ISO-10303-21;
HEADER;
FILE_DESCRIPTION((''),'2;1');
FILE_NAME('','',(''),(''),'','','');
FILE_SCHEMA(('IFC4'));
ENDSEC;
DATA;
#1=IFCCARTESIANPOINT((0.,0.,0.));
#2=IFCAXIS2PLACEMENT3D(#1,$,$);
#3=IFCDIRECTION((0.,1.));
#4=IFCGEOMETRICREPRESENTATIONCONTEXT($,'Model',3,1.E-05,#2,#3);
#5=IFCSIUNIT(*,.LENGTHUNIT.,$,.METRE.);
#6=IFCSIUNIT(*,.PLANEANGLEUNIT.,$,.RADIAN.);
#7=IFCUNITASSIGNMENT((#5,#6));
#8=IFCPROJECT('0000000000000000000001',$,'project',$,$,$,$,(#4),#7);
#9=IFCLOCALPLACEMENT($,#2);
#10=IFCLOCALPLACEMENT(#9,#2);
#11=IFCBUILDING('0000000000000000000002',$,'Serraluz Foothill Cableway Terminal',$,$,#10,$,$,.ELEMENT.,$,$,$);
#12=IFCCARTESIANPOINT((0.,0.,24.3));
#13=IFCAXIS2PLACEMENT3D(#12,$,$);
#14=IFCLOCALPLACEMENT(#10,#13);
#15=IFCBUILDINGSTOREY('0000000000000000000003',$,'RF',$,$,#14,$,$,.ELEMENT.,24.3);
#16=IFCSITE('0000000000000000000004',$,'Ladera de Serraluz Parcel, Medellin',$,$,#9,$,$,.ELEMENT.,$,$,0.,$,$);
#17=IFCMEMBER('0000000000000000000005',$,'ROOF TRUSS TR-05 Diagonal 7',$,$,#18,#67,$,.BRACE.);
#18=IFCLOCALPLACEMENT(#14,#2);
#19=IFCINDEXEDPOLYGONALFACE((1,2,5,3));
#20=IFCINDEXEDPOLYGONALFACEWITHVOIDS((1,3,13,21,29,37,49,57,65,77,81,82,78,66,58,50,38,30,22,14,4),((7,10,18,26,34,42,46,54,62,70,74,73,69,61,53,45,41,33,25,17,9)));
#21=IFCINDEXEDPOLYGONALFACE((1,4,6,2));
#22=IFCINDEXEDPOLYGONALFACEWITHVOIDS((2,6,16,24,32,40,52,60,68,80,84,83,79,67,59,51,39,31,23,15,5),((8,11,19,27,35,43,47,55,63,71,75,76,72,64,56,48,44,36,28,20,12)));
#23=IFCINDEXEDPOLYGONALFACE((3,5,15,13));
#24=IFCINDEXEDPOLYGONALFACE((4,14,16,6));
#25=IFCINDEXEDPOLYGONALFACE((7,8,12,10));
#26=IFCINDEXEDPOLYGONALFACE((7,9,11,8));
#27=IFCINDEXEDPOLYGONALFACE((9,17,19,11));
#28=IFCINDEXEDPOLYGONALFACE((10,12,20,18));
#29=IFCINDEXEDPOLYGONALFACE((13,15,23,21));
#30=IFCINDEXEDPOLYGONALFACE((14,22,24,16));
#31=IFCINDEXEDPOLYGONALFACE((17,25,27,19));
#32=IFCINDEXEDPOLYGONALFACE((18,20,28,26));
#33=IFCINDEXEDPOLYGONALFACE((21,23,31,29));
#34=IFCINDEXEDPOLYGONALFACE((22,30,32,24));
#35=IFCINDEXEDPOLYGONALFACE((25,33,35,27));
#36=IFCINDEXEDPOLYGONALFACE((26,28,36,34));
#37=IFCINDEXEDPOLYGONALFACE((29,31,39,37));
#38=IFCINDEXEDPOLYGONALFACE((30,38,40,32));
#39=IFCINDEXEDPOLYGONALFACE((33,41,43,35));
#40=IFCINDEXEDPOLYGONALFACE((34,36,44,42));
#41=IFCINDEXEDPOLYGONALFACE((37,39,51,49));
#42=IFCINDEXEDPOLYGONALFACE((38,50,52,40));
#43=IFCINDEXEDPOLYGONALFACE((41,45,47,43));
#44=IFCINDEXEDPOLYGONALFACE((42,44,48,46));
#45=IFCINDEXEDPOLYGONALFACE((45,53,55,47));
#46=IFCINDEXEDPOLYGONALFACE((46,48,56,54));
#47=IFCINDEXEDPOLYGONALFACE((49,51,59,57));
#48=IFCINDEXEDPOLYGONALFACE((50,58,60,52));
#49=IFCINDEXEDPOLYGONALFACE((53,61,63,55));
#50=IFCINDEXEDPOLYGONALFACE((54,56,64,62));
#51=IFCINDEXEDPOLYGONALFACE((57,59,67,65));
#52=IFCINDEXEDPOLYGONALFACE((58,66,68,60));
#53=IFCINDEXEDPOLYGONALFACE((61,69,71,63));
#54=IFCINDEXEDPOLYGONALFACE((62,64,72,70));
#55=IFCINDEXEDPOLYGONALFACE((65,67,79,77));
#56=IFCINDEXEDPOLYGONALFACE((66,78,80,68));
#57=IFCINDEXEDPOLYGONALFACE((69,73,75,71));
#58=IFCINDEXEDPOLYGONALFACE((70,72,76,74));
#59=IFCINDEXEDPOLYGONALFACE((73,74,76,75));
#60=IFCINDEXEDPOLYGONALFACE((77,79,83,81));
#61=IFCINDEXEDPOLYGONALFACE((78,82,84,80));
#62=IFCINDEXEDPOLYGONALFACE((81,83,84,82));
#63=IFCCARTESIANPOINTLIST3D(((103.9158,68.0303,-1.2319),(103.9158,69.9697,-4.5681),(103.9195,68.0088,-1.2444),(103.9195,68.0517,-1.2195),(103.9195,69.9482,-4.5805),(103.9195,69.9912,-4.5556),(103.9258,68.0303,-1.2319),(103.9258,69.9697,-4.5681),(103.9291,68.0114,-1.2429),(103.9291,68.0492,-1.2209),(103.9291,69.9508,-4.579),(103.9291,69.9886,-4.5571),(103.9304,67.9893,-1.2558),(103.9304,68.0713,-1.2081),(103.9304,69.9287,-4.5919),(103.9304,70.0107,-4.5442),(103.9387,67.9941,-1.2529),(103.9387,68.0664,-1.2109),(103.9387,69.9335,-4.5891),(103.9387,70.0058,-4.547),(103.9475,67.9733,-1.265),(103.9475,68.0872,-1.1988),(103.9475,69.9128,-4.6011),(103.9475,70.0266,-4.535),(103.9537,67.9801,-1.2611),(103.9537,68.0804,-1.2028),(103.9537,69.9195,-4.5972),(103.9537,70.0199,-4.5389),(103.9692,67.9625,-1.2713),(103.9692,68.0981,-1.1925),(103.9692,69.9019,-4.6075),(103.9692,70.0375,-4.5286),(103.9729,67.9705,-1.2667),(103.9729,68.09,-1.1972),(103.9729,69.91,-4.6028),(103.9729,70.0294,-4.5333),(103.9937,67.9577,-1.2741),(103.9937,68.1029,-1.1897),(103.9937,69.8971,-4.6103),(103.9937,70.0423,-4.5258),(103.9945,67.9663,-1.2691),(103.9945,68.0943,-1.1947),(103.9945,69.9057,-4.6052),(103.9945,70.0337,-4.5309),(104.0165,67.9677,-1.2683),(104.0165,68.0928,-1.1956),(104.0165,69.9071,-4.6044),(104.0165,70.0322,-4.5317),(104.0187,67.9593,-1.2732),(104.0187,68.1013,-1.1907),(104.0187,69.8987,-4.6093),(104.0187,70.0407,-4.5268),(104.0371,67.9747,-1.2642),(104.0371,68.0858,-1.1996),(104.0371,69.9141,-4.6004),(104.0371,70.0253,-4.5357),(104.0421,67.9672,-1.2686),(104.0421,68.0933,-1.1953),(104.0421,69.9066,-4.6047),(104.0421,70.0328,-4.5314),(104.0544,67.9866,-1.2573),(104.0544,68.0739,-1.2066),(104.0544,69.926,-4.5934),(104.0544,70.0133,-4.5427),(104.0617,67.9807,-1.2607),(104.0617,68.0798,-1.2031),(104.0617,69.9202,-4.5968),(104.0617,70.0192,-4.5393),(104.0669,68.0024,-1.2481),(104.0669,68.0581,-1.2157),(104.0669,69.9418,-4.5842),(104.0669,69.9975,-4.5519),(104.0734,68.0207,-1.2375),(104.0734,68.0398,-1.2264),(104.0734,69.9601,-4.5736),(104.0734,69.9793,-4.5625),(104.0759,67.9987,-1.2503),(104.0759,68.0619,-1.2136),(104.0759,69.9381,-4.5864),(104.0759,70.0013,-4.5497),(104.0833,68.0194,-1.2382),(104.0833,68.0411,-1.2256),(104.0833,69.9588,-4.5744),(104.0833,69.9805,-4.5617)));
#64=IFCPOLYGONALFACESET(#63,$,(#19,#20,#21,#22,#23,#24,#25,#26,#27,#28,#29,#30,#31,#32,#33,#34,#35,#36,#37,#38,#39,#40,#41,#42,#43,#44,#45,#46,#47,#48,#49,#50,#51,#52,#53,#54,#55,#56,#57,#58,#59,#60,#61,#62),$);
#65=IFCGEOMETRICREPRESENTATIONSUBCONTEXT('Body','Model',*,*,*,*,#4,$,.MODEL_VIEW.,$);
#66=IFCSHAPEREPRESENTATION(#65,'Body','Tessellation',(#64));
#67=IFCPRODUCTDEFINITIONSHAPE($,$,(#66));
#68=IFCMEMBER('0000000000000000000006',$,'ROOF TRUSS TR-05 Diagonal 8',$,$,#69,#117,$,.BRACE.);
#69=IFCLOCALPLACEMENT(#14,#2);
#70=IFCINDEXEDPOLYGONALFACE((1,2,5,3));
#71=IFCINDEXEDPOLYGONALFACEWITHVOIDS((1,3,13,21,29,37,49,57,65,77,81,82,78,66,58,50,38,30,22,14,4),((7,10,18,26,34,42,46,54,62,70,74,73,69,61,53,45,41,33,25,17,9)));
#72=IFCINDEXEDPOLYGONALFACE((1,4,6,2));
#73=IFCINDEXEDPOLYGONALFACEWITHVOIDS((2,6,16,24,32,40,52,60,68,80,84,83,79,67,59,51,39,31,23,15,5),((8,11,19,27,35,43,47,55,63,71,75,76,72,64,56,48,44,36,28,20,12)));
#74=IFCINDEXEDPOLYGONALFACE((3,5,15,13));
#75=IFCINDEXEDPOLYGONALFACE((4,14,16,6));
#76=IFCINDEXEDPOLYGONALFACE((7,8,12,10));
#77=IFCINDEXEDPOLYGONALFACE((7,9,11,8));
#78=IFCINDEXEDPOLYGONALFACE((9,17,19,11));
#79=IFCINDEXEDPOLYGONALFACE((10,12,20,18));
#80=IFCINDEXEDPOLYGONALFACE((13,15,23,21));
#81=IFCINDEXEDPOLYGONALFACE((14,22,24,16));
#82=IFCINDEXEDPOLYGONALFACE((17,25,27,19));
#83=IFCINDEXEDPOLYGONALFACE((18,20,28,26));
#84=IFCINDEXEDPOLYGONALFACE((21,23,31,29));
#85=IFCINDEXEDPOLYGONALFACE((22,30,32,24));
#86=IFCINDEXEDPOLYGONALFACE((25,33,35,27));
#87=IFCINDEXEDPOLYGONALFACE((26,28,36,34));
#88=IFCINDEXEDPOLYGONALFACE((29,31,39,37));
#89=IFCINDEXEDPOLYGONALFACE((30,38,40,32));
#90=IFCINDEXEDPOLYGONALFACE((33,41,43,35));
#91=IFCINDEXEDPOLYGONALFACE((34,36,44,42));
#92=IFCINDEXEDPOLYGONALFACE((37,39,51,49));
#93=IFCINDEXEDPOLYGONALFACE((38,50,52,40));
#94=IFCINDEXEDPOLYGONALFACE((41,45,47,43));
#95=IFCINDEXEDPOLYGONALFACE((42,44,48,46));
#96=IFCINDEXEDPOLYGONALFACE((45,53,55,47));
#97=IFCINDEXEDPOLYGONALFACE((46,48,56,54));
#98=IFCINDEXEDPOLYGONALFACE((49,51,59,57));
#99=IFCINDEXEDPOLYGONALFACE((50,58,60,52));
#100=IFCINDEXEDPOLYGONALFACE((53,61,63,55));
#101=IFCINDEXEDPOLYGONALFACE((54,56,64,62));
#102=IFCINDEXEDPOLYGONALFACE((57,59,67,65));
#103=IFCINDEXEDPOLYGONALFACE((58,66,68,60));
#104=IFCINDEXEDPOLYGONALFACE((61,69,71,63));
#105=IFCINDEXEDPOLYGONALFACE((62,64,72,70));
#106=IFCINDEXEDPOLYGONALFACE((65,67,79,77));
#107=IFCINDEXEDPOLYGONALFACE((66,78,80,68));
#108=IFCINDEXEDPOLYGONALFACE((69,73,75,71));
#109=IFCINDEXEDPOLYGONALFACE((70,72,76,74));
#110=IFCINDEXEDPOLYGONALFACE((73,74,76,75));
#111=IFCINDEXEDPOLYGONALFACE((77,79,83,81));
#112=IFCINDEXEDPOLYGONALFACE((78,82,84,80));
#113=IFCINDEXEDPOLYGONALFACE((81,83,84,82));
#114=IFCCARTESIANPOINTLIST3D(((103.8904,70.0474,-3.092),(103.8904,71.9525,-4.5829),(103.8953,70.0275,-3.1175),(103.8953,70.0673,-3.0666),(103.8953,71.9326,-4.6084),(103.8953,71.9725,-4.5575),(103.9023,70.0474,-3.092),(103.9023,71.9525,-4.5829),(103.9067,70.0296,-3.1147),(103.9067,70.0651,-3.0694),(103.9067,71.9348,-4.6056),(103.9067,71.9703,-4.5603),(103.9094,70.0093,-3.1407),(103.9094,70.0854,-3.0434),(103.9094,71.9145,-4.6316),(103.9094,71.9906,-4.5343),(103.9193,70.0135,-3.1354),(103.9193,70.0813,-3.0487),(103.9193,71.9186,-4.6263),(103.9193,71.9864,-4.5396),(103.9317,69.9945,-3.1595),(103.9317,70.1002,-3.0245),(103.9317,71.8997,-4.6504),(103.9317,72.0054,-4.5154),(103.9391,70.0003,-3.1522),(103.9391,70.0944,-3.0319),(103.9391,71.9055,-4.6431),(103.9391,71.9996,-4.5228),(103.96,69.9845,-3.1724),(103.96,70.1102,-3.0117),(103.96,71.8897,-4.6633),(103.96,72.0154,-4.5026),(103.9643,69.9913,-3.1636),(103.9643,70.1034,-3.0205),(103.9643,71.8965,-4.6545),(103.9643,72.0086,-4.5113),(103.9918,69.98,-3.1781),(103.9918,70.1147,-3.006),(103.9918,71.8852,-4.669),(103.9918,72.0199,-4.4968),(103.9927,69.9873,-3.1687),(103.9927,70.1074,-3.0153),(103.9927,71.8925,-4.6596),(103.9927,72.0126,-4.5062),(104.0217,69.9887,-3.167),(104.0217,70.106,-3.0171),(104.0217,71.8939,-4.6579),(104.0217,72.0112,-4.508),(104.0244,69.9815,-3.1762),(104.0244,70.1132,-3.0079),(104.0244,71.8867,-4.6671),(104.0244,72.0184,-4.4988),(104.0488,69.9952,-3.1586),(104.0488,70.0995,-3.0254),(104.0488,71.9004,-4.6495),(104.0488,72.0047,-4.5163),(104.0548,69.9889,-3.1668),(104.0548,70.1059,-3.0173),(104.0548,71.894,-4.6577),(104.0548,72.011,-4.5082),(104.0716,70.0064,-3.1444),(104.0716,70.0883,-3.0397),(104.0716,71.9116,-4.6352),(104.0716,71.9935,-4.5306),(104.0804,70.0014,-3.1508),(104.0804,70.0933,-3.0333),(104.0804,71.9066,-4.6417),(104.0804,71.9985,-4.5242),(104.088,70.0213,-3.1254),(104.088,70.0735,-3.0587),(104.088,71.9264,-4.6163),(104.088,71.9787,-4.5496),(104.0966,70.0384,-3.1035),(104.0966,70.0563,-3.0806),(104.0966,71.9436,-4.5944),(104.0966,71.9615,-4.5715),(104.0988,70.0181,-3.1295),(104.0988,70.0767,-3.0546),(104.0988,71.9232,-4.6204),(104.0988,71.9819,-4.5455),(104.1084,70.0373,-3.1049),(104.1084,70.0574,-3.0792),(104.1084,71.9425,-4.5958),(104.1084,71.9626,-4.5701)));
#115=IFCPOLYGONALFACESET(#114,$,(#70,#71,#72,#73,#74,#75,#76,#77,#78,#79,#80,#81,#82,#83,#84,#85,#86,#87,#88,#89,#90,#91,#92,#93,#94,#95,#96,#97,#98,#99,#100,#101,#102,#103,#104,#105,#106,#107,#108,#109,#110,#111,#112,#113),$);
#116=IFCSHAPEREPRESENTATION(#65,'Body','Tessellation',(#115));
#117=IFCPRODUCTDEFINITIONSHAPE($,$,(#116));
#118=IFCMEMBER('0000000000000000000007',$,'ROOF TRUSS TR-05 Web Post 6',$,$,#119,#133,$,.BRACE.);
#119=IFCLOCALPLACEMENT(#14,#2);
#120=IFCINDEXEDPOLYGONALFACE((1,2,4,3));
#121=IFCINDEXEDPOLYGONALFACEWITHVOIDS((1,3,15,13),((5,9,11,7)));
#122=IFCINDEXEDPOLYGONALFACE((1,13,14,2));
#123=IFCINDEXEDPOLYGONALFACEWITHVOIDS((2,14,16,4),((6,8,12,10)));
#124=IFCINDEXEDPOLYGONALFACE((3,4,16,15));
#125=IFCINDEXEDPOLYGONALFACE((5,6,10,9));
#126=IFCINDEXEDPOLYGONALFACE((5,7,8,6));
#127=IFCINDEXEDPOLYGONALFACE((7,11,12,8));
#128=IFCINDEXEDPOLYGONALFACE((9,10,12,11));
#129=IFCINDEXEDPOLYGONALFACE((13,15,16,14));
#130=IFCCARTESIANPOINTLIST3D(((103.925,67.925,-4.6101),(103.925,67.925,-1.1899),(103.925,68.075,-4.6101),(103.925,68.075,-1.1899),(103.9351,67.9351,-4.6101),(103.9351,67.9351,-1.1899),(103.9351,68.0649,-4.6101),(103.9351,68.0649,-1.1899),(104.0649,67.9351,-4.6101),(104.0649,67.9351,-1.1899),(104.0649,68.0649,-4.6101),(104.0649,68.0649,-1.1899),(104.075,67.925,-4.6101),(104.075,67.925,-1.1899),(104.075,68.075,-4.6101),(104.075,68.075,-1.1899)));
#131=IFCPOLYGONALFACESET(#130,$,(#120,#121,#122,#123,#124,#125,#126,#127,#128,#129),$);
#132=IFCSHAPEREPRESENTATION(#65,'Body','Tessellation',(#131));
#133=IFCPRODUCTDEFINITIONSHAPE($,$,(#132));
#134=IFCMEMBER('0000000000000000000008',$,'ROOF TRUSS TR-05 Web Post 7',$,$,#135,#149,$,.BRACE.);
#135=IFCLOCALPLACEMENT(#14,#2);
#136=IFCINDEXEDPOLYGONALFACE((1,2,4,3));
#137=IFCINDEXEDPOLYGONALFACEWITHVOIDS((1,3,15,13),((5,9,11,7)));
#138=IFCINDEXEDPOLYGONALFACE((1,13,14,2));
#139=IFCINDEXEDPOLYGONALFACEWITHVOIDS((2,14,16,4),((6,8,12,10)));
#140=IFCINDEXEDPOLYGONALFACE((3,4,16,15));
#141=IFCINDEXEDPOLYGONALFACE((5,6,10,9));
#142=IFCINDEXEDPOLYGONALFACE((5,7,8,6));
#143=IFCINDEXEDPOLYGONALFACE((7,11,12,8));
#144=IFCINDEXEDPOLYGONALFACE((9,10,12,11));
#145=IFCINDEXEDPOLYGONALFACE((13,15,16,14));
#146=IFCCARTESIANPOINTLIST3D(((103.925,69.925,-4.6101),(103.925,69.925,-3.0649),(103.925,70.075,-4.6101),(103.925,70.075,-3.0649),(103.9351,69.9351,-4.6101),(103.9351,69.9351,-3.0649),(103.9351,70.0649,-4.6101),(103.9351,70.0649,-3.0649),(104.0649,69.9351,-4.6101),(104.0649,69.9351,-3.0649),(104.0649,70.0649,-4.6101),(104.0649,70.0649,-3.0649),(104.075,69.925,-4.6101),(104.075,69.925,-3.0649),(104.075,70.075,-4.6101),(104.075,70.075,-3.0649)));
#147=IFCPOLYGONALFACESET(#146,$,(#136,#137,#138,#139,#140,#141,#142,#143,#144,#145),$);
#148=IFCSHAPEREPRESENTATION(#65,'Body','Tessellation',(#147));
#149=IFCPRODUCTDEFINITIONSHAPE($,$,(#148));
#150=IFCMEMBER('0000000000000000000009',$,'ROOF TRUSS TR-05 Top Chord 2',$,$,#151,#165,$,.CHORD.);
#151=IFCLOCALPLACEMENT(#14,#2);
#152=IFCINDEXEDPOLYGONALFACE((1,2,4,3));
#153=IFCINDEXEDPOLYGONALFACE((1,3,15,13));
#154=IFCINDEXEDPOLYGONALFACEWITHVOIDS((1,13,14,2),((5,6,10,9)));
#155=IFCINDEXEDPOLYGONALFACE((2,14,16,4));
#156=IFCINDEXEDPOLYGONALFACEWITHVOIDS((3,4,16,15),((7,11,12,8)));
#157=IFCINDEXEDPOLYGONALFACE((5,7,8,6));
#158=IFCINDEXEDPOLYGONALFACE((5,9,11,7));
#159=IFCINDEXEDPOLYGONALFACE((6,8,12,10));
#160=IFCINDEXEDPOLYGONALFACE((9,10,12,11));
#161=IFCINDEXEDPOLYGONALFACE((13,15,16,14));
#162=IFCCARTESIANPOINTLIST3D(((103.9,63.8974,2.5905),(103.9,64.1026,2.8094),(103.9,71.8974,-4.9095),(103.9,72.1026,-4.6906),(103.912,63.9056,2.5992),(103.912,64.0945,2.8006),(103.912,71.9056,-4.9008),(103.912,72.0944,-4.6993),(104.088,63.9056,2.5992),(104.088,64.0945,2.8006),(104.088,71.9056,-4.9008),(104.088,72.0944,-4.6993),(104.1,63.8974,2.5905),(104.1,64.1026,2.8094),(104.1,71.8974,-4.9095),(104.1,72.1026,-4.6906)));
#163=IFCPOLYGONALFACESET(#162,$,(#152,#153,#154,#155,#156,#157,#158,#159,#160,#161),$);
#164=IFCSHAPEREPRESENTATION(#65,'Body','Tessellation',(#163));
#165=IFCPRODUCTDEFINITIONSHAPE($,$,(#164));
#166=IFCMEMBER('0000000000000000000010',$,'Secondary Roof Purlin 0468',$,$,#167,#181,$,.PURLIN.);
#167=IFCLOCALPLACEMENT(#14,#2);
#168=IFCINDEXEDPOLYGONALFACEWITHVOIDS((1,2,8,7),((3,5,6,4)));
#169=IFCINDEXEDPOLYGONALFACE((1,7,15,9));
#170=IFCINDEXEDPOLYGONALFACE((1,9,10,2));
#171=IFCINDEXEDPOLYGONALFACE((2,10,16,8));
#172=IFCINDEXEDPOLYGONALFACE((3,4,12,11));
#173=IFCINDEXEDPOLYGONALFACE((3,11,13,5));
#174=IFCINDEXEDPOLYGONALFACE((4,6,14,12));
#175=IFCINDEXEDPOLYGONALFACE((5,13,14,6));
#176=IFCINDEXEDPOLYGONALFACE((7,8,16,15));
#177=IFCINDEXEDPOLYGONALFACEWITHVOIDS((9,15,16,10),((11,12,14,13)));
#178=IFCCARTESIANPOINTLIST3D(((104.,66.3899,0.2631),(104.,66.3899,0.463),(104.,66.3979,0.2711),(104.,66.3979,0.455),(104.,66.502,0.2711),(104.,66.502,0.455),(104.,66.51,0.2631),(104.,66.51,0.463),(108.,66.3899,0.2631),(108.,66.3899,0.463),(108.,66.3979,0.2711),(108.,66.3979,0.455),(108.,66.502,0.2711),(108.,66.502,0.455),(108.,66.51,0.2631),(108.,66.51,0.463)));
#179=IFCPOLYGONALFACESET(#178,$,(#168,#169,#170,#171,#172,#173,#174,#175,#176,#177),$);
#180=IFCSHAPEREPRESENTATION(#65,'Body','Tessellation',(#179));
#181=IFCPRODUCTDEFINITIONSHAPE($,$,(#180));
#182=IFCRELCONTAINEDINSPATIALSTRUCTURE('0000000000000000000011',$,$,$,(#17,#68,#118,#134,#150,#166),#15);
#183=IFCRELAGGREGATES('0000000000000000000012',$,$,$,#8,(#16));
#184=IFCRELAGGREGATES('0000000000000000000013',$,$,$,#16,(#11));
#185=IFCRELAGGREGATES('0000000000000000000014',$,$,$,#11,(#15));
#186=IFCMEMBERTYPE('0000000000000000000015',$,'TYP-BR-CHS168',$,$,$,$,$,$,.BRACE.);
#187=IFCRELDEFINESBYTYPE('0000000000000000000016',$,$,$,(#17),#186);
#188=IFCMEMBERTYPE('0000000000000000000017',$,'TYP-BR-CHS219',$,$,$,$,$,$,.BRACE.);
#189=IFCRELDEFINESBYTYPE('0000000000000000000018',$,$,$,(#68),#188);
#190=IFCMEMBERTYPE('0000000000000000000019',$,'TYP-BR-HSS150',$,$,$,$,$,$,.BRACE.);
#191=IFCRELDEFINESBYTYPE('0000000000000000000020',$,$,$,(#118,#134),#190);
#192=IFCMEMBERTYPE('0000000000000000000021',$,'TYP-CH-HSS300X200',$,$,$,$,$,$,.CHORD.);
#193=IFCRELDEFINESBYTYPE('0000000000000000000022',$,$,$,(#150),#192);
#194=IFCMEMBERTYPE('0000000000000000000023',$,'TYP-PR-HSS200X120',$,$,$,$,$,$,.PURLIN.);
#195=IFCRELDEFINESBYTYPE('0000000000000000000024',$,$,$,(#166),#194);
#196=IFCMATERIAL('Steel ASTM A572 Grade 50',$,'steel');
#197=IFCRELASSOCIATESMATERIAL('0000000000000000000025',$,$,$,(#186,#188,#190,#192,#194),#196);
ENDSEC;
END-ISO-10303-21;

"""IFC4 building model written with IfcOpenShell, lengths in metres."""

from ifc_helpers import new_model, si_unit, direction, frame, origin, origin_2d, place, context, subcontext, project, spatial, hollow_rectangle, hollow_circle, extrude, material, material_profile, profile_set, type_object, element, save


model = new_model("IFC4")

# Units and contexts
model_context = context("Model", 3, precision=1e-05, world=origin(), true_north=direction((0.0, 1.0)))
body_context = subcontext(model_context, "Body", "Model", "MODEL_VIEW")
ifc_project = project(units=[si_unit("LENGTHUNIT", "METRE"), si_unit("PLANEANGLEUNIT", "RADIAN")], contexts=[model_context])

# Site, building, storey
site_placement = place(None, origin())
site = spatial("IfcSite", under=ifc_project, at=site_placement, Name="Ladera de Serraluz Parcel, Medellin", CompositionType="ELEMENT", RefElevation=0.0)
building_placement = place(site_placement, origin())
building = spatial("IfcBuilding", under=site, at=building_placement, Name="Serraluz Foothill Cableway Terminal", CompositionType="ELEMENT")
storey_placement = place(building_placement, frame((0.0, 0.0, 24.3)))
storey = spatial("IfcBuildingStorey", under=building, at=storey_placement, Name="RF", CompositionType="ELEMENT", Elevation=24.3)

# Members
ifc_material_1 = material(Name="Steel ASTM A572 Grade 50", Category="steel")
ifc_material_profile_1 = material_profile(ifc_material_1, hollow_circle(Radius=0.0842, WallThickness=0.01, at=origin_2d()), Name="CHS168X10")
ifc_profile_set_1 = profile_set([ifc_material_profile_1], Name="Steel ASTM A572 Grade 50")
member_type_1 = type_object("IfcMemberType", Name="TYP-BR-CHS168", PredefinedType="BRACE", material=ifc_profile_set_1)
member_1_placement = place(storey_placement, frame((104.0, 68.0303, -1.2319), z_axis=(0.0, 0.502584, -0.864528), x_axis=(-1.0, 0.0, 0.0)))
element("IfcMember", 1, at=member_1_placement, inside=storey, type_object=member_type_1, Name="ROOF TRUSS TR-05 Diagonal 7", PredefinedType="BRACE", context=body_context, shape_type="SweptSolid", body=[
    extrude(hollow_circle(Radius=0.0842, WallThickness=0.01, at=origin_2d()), origin(), (0.0, 0.0, 1.0), 3.8589),
])
ifc_material_profile_2 = material_profile(ifc_material_1, hollow_circle(Radius=0.1096, WallThickness=0.012, at=origin_2d()), Name="CHS219X12")
ifc_profile_set_2 = profile_set([ifc_material_profile_2], Name="Steel ASTM A572 Grade 50")
member_type_2 = type_object("IfcMemberType", Name="TYP-BR-CHS219", PredefinedType="BRACE", material=ifc_profile_set_2)
member_2_placement = place(storey_placement, frame((104.0, 70.0474, -3.092), z_axis=(0.0, 0.787528, -0.616278), x_axis=(-1.0, 0.0, 0.0)))
element("IfcMember", 2, at=member_2_placement, inside=storey, type_object=member_type_2, Name="ROOF TRUSS TR-05 Diagonal 8", PredefinedType="BRACE", context=body_context, shape_type="SweptSolid", body=[
    extrude(hollow_circle(Radius=0.1096, WallThickness=0.012, at=origin_2d()), origin(), (0.0, 0.0, 1.0), 2.4192),
])
ifc_material_profile_3 = material_profile(ifc_material_1, hollow_rectangle(XDim=0.1499, YDim=0.1499, WallThickness=0.01, at=origin_2d()), Name="HSS150X150X10")
ifc_profile_set_3 = profile_set([ifc_material_profile_3], Name="Steel ASTM A572 Grade 50")
member_type_3 = type_object("IfcMemberType", Name="TYP-BR-HSS150", PredefinedType="BRACE", material=ifc_profile_set_3)
member_3_placement = place(storey_placement, frame((104.0, 68.0, -4.6101), z_axis=(0.0, 0.0, 1.0), x_axis=(1.0, 0.0, 0.0)))
element("IfcMember", 3, at=member_3_placement, inside=storey, type_object=member_type_3, Name="ROOF TRUSS TR-05 Web Post 6", PredefinedType="BRACE", context=body_context, shape_type="SweptSolid", body=[
    extrude(hollow_rectangle(XDim=0.1499, YDim=0.1499, WallThickness=0.01, at=origin_2d()), origin(), (0.0, 0.0, 1.0), 3.4202),
])
member_4_placement = place(storey_placement, frame((104.0, 70.0, -4.6101), z_axis=(0.0, 0.0, 1.0), x_axis=(1.0, 0.0, 0.0)))
element("IfcMember", 4, at=member_4_placement, inside=storey, type_object=member_type_3, Name="ROOF TRUSS TR-05 Web Post 7", PredefinedType="BRACE", context=body_context, shape_type="SweptSolid", body=[
    extrude(hollow_rectangle(XDim=0.1499, YDim=0.1499, WallThickness=0.01, at=origin_2d()), origin(), (0.0, 0.0, 1.0), 1.5452),
])
ifc_material_profile_4 = material_profile(ifc_material_1, hollow_rectangle(XDim=0.2, YDim=0.3, WallThickness=0.012, at=origin_2d()), Name="HSS300X200X12")
ifc_profile_set_4 = profile_set([ifc_material_profile_4], Name="Steel ASTM A572 Grade 50")
member_type_4 = type_object("IfcMemberType", Name="TYP-CH-HSS300X200", PredefinedType="CHORD", material=ifc_profile_set_4)
member_5_placement = place(storey_placement, frame((104.0, 72.0, -4.8), z_axis=(0.0, -0.729537, 0.683941), x_axis=(1.0, 0.0, 0.0)))
element("IfcMember", 5, at=member_5_placement, inside=storey, type_object=member_type_4, Name="ROOF TRUSS TR-05 Top Chord 2", PredefinedType="CHORD", context=body_context, shape_type="SweptSolid", body=[
    extrude(hollow_rectangle(XDim=0.2, YDim=0.3, WallThickness=0.012, at=origin_2d()), origin(), (0.0, 0.0, 1.0), 10.9658),
])
ifc_material_profile_5 = material_profile(ifc_material_1, hollow_rectangle(XDim=0.1201, YDim=0.2, WallThickness=0.0081, at=origin_2d()), Name="HSS200X120X8")
ifc_profile_set_5 = profile_set([ifc_material_profile_5], Name="Steel ASTM A572 Grade 50")
member_type_5 = type_object("IfcMemberType", Name="TYP-PR-HSS200X120", PredefinedType="PURLIN", material=ifc_profile_set_5)
for number, where, z_axis, x_axis, name in (
    (6, (104.0, 66.45, 0.363), (1.0, 0.0, 0.0), (0.0, 1.0, 0.0), "Secondary Roof Purlin 0468"),
):
    element("IfcMember", number, at=place(storey_placement, frame(where, z_axis=z_axis, x_axis=x_axis)), inside=storey, type_object=member_type_5, Name=name, PredefinedType="PURLIN", context=body_context, shape_type="SweptSolid", body=[
        extrude(hollow_rectangle(XDim=0.1201, YDim=0.2, WallThickness=0.0081, at=origin_2d()), origin(), (0.0, 0.0, 1.0), 4.0),
    ])

save(model, "model.ifc")
